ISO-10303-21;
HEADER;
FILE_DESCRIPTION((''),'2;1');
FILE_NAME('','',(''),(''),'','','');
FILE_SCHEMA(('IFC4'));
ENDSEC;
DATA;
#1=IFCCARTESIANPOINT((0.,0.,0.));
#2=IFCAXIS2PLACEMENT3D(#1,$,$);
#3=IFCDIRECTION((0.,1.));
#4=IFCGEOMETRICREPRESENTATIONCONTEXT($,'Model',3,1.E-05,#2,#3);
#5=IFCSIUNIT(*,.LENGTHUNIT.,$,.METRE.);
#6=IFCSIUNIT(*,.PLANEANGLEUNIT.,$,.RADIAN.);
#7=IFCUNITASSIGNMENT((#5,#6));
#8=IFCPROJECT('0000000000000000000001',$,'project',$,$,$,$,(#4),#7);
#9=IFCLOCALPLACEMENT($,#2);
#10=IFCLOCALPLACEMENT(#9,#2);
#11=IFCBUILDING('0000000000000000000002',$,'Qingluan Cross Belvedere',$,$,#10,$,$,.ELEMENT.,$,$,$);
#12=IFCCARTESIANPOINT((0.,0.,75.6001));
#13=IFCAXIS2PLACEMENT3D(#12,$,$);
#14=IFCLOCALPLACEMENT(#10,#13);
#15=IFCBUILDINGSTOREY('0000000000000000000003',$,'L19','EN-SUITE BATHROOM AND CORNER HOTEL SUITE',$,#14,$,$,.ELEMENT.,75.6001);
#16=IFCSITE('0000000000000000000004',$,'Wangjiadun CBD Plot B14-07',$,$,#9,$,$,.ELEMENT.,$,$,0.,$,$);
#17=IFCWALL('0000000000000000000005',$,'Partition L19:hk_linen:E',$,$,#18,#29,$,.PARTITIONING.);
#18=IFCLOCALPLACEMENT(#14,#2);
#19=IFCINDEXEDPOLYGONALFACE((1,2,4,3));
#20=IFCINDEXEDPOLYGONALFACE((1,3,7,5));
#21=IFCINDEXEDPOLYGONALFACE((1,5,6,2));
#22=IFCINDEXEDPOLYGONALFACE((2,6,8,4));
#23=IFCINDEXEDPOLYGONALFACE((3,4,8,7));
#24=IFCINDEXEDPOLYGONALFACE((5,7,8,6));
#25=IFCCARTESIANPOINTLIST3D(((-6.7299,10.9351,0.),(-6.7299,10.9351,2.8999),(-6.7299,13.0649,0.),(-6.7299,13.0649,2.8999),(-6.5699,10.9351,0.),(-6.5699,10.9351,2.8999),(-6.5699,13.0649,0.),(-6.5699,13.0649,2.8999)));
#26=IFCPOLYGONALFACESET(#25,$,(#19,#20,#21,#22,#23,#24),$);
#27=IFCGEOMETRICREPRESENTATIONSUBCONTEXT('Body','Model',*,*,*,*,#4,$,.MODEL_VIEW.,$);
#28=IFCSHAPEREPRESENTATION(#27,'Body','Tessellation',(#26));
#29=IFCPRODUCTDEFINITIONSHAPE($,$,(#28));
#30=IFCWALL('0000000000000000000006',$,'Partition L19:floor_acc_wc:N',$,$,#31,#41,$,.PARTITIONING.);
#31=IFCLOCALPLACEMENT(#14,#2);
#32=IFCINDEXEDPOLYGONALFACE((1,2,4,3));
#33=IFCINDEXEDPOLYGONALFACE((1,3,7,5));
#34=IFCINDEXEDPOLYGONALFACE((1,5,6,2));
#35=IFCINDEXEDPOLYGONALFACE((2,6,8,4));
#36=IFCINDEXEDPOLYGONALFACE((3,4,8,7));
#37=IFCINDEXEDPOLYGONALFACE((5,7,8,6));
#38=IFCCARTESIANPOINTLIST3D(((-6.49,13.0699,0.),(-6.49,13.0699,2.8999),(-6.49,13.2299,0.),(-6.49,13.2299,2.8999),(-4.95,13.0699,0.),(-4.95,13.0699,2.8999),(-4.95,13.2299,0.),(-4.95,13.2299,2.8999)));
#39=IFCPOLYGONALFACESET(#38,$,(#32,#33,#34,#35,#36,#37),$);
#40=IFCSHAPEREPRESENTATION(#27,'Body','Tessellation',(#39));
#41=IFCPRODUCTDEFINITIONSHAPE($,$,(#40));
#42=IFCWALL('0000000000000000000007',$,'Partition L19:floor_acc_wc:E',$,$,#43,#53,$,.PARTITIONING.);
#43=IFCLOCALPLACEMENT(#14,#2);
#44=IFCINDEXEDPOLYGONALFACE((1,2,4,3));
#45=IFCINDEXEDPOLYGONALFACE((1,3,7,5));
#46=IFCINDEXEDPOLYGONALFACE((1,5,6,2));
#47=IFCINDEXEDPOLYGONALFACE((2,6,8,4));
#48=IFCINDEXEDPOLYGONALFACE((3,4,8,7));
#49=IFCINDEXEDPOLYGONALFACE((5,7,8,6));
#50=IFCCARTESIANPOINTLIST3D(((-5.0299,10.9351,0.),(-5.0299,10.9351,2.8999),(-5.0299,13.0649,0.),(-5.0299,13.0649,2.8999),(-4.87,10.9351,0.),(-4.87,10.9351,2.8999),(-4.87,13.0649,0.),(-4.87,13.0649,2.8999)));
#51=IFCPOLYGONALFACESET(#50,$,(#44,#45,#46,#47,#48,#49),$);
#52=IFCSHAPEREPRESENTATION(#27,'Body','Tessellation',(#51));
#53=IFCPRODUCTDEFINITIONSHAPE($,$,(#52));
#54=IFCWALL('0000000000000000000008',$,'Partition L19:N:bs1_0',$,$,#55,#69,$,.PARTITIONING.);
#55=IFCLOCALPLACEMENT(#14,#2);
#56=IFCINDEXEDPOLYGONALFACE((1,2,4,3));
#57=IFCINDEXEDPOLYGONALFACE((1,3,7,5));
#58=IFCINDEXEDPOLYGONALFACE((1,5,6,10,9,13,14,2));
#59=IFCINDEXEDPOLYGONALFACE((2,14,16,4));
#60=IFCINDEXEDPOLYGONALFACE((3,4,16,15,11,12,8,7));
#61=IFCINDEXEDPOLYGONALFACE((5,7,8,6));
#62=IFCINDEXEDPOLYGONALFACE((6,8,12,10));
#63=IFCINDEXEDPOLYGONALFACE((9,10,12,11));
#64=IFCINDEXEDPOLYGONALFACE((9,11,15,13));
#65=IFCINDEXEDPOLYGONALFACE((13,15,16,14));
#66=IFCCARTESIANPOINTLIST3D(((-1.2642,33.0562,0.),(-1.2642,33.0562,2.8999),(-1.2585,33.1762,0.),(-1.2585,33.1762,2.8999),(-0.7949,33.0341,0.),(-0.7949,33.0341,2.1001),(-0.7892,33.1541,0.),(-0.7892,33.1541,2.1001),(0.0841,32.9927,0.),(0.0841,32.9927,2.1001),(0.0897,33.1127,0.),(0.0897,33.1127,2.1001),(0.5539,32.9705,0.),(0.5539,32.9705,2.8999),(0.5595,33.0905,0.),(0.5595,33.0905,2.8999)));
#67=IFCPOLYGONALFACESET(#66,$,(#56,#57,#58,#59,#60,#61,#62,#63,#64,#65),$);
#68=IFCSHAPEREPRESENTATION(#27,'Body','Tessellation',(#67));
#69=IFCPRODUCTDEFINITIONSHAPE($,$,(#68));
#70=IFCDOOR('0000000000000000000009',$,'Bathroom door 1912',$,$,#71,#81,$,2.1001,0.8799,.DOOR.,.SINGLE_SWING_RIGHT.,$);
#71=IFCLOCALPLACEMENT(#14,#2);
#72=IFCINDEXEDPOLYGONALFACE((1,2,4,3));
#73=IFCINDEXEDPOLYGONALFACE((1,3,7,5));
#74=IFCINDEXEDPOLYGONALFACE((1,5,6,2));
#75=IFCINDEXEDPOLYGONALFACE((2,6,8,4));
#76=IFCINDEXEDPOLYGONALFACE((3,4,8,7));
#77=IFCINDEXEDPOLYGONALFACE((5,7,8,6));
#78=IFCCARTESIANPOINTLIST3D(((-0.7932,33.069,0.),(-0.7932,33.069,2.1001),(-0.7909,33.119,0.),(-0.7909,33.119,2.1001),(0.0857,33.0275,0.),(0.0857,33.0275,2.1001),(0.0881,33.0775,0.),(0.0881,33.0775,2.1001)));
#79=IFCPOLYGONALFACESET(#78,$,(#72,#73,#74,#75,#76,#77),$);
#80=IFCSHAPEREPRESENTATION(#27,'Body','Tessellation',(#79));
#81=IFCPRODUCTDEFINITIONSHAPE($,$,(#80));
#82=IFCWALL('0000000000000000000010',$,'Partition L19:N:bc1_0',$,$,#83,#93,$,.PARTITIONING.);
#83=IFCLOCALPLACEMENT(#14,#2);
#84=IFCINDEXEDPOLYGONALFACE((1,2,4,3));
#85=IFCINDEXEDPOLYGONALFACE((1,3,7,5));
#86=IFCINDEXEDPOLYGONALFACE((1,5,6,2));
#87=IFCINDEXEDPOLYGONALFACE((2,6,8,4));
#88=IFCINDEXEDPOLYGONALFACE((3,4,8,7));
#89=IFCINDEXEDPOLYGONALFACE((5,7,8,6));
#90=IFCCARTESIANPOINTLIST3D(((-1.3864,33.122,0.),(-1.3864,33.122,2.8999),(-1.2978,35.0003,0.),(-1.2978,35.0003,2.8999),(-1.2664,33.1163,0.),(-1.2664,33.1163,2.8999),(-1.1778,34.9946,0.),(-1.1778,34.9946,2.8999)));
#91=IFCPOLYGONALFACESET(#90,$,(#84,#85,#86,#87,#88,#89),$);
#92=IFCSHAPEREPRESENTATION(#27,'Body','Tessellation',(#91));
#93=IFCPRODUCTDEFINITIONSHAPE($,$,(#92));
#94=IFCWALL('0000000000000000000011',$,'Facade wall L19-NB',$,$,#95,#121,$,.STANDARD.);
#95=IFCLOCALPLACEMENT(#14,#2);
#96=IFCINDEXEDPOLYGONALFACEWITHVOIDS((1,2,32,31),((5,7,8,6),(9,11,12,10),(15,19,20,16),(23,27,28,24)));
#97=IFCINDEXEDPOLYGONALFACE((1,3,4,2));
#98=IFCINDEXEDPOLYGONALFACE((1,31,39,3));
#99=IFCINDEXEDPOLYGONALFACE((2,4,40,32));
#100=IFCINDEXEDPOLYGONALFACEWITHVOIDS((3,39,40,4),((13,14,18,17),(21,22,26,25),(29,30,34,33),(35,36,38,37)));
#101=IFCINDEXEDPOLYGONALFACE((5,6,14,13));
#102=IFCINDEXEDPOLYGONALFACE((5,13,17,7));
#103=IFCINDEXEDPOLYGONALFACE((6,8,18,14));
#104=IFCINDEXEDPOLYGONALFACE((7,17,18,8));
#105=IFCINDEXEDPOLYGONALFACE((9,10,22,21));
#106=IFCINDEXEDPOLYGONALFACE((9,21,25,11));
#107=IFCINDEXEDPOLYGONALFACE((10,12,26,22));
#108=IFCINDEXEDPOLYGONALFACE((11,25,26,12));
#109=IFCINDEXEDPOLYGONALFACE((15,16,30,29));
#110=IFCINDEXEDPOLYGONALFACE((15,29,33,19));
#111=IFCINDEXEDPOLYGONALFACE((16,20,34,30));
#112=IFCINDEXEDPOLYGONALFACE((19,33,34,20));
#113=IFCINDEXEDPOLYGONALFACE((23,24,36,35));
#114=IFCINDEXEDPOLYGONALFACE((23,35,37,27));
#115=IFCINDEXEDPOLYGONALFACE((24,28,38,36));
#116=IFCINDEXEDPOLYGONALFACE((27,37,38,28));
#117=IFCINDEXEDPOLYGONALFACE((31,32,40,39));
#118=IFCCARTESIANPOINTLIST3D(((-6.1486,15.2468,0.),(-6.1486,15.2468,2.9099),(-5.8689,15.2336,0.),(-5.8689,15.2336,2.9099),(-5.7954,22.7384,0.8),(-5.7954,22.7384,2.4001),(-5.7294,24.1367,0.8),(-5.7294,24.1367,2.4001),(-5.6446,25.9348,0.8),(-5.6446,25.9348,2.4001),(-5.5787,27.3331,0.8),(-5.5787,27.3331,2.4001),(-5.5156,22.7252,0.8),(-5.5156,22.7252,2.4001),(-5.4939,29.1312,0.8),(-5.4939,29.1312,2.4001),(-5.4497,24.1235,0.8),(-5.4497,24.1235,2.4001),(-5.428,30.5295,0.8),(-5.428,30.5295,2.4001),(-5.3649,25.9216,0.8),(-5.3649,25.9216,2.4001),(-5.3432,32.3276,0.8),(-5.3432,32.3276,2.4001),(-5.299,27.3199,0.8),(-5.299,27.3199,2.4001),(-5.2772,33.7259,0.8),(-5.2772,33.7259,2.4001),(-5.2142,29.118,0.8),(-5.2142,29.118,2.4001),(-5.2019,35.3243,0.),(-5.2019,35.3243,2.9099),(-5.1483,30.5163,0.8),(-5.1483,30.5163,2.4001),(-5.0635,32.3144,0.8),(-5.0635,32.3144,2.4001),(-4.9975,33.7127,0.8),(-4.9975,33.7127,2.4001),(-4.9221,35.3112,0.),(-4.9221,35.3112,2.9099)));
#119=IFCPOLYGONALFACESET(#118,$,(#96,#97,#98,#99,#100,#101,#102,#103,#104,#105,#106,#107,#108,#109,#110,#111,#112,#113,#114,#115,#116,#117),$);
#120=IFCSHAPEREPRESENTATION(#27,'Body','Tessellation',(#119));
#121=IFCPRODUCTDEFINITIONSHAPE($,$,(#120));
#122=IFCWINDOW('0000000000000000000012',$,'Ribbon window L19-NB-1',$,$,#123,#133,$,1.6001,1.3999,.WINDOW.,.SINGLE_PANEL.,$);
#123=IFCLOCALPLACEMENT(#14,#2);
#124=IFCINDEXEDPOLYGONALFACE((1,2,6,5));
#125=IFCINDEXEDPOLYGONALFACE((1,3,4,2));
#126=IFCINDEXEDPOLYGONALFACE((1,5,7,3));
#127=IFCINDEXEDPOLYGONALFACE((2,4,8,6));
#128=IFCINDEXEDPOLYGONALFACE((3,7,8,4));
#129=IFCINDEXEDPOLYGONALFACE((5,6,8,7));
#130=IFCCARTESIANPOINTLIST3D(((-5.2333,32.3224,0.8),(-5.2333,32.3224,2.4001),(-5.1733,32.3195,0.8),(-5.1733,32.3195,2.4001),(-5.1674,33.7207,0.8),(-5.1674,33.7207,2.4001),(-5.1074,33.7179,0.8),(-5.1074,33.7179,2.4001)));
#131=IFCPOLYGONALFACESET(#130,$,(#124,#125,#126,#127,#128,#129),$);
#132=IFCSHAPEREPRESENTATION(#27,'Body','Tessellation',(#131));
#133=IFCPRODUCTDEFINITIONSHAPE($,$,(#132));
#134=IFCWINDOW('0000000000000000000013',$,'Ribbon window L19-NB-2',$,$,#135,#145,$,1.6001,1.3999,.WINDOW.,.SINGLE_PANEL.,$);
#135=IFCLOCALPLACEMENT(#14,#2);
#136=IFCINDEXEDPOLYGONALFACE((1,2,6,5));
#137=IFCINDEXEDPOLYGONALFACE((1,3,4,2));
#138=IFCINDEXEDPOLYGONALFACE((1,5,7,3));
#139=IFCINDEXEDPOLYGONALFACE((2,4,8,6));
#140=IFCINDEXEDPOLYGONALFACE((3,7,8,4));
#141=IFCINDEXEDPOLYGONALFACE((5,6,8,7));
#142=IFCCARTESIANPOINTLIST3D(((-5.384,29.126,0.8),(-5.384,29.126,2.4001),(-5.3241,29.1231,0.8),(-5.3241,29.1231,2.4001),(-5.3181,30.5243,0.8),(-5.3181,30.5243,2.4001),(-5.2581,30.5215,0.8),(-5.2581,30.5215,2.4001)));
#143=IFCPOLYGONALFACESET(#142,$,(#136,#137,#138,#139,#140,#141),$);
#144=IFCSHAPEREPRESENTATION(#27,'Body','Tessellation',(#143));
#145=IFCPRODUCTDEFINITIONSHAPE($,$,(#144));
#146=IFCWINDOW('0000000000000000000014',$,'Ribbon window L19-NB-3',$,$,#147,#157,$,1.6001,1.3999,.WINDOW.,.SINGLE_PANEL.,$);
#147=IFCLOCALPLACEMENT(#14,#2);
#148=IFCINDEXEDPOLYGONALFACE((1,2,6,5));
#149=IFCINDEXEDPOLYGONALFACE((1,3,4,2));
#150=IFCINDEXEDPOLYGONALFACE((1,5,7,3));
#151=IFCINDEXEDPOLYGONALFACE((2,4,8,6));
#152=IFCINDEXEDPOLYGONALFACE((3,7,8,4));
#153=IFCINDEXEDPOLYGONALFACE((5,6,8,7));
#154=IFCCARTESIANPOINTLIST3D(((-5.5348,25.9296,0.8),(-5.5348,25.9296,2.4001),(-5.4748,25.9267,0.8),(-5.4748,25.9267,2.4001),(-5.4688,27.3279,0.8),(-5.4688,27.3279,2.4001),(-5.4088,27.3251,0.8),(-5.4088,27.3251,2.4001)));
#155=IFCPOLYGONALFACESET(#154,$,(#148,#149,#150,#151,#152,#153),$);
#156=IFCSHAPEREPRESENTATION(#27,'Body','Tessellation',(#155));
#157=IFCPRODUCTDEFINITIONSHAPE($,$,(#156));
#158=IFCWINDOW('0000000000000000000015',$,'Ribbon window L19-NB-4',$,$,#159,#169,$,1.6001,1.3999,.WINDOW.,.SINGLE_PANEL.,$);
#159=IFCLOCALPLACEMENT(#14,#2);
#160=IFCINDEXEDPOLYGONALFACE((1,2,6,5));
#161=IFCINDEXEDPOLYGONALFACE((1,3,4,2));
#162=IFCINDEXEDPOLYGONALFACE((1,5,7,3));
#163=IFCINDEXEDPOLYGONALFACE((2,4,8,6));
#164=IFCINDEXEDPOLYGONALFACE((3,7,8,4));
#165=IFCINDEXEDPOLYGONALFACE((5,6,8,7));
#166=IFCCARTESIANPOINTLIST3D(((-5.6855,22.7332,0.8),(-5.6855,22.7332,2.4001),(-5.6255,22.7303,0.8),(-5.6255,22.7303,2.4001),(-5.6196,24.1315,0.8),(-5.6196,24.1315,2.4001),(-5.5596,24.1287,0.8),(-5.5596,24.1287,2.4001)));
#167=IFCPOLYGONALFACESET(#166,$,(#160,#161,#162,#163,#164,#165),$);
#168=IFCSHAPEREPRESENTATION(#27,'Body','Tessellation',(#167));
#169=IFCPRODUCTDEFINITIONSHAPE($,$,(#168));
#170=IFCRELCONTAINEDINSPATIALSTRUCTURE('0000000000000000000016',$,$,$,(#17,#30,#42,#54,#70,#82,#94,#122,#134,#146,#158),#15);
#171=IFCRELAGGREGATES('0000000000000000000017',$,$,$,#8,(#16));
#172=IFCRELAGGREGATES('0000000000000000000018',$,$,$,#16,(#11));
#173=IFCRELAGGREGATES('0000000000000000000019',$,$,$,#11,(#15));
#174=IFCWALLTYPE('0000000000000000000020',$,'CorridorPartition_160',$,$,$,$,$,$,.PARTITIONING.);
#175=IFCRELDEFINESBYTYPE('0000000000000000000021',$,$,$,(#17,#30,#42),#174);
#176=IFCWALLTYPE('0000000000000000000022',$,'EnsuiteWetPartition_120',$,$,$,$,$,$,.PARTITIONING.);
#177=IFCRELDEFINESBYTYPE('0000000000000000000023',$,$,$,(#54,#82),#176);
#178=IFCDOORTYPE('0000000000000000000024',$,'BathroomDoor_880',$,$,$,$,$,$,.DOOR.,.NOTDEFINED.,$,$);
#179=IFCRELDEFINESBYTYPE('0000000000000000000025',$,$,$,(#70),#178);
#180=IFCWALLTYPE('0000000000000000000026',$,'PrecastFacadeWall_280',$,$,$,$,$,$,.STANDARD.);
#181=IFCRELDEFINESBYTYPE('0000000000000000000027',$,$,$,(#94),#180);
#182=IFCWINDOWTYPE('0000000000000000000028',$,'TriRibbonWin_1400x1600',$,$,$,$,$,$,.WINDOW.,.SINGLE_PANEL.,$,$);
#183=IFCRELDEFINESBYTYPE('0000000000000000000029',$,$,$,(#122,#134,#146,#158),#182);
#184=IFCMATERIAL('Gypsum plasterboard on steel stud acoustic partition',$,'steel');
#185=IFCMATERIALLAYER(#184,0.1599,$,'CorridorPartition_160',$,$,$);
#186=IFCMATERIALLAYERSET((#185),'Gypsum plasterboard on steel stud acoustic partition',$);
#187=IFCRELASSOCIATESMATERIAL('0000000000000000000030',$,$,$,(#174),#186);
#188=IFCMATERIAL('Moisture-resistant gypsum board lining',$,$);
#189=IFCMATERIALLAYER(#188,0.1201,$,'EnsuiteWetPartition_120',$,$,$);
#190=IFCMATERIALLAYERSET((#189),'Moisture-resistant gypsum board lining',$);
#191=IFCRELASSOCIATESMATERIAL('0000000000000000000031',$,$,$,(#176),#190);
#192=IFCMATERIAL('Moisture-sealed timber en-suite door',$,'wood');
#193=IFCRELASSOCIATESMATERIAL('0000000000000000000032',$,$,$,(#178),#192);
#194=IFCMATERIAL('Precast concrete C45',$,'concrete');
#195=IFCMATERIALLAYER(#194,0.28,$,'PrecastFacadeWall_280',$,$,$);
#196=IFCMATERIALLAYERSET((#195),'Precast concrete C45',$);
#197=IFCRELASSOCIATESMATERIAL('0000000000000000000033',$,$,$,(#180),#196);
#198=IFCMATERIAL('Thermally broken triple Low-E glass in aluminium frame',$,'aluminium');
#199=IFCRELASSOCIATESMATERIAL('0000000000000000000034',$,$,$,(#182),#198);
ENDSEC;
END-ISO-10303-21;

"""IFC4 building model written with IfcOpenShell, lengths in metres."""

from ifc_helpers import new_model, si_unit, direction, frame, frame_2d, origin, place, context, subcontext, project, spatial, rectangle, extrude, material, layer, layer_set, type_object, element, fill, save


model = new_model("IFC4")

# Units and contexts
model_context = context("Model", 3, precision=1e-05, world=origin(), true_north=direction((0.0, 1.0)))
body_context = subcontext(model_context, "Body", "Model", "MODEL_VIEW")
ifc_project = project(units=[si_unit("LENGTHUNIT", "METRE"), si_unit("PLANEANGLEUNIT", "RADIAN")], contexts=[model_context])

# Site, building, storey
site_placement = place(None, origin())
site = spatial("IfcSite", under=ifc_project, at=site_placement, Name="Wangjiadun CBD Plot B14-07", CompositionType="ELEMENT", RefElevation=0.0)
building_placement = place(site_placement, origin())
building = spatial("IfcBuilding", under=site, at=building_placement, Name="Qingluan Cross Belvedere", CompositionType="ELEMENT")
storey_placement = place(building_placement, frame((0.0, 0.0, 75.6001)))
storey = spatial("IfcBuildingStorey", under=building, at=storey_placement, Name="L19", Description="EN-SUITE BATHROOM AND CORNER HOTEL SUITE", CompositionType="ELEMENT", Elevation=75.6001)

# Shared definitions
ifc_material_1 = material(Name="Gypsum plasterboard on steel stud acoustic partition", Category="steel")
ifc_layer_1 = layer(ifc_material_1, 0.1599, Name="CorridorPartition_160")
ifc_layer_set_1 = layer_set([ifc_layer_1], Name="Gypsum plasterboard on steel stud acoustic partition")
wall_type_1 = type_object("IfcWallType", Name="CorridorPartition_160", PredefinedType="PARTITIONING", material=ifc_layer_set_1)

# Wall
wall_1_placement = place(storey_placement, frame((-6.6499, 10.9351, 0.0), z_axis=(0.0, 0.0, 1.0), x_axis=(0.0, 1.0, 0.0)))
element("IfcWall", 1, at=wall_1_placement, inside=storey, type_object=wall_type_1, Name="Partition L19:hk_linen:E", PredefinedType="PARTITIONING", context=body_context, shape_type="SweptSolid", body=[
    extrude(rectangle(XDim=2.1299, YDim=0.1599, at=frame_2d((1.0649, 0.0))), origin(), (0.0, 0.0, 1.0), 2.8999),
])

# Walls
wall_2_placement = place(storey_placement, frame((-6.49, 13.1499, 0.0), z_axis=(0.0, 0.0, 1.0), x_axis=(1.0, 0.0, 0.0)))
element("IfcWall", 2, at=wall_2_placement, inside=storey, type_object=wall_type_1, Name="Partition L19:floor_acc_wc:N", PredefinedType="PARTITIONING", context=body_context, shape_type="SweptSolid", body=[
    extrude(rectangle(XDim=1.54, YDim=0.1599, at=frame_2d((0.77, 0.0))), origin(), (0.0, 0.0, 1.0), 2.8999),
])
wall_3_placement = place(storey_placement, frame((-4.95, 10.9351, 0.0), z_axis=(0.0, 0.0, 1.0), x_axis=(0.0, 1.0, 0.0)))
element("IfcWall", 3, at=wall_3_placement, inside=storey, type_object=wall_type_1, Name="Partition L19:floor_acc_wc:E", PredefinedType="PARTITIONING", context=body_context, shape_type="SweptSolid", body=[
    extrude(rectangle(XDim=2.1299, YDim=0.1599, at=frame_2d((1.0649, 0.0))), origin(), (0.0, 0.0, 1.0), 2.8999),
])

# Wall, opening, door
ifc_material_2 = material(Name="Moisture-resistant gypsum board lining")
ifc_layer_2 = layer(ifc_material_2, 0.1201, Name="EnsuiteWetPartition_120")
ifc_layer_set_2 = layer_set([ifc_layer_2], Name="Moisture-resistant gypsum board lining")
wall_type_2 = type_object("IfcWallType", Name="EnsuiteWetPartition_120", PredefinedType="PARTITIONING", material=ifc_layer_set_2)
wall_4_placement = place(storey_placement, frame((-1.2615, 33.1162, 0.0), z_axis=(0.0, 0.0, 1.0), x_axis=(0.998891, -0.047081, 0.0)))
wall_4 = element("IfcWall", 4, at=wall_4_placement, inside=storey, type_object=wall_type_2, Name="Partition L19:N:bs1_0", PredefinedType="PARTITIONING", context=body_context, shape_type="SweptSolid", body=[
    extrude(rectangle(XDim=1.8201, YDim=0.1201, at=frame_2d((0.9102, 0.0))), origin(), (0.0, 0.0, 1.0), 2.8999),
])
opening_1_placement = place(wall_4_placement, frame((0.47, 0.0, 0.0)))
opening_1 = element("IfcOpeningElement", 5, at=opening_1_placement, cuts=wall_4, PredefinedType="OPENING", context=body_context, shape_type="SweptSolid", body=[
    extrude(rectangle(XDim=0.8799, YDim=2.1001, at=frame_2d((0.4399, 1.05))), frame((0.0, 0.0701, 0.0), z_axis=(0.0, -1.0, 0.0), x_axis=(1.0, 0.0, 0.0)), (0.0, 0.0, 1.0), 0.1401),
])
ifc_material_3 = material(Name="Moisture-sealed timber en-suite door", Category="wood")
door_type_1 = type_object("IfcDoorType", Name="BathroomDoor_880", OperationType="NOTDEFINED", PredefinedType="DOOR", material=ifc_material_3)
door_1_placement = place(opening_1_placement, origin())
door_1 = element("IfcDoor", 6, at=door_1_placement, inside=storey, type_object=door_type_1, Name="Bathroom door 1912", OperationType="SINGLE_SWING_RIGHT", OverallHeight=2.1001, OverallWidth=0.8799, PredefinedType="DOOR", context=body_context, shape_type="SweptSolid", body=[
    extrude(rectangle(XDim=0.8799, YDim=2.1001, at=frame_2d((0.4399, 1.05))), frame((0.0, 0.0249, 0.0), z_axis=(0.0, -1.0, 0.0), x_axis=(1.0, 0.0, 0.0)), (0.0, 0.0, 1.0), 0.05),
])
fill(opening_1, door_1)

# Wall
wall_5_placement = place(storey_placement, frame((-1.3264, 33.1191, 0.0), z_axis=(0.0, 0.0, 1.0), x_axis=(0.047133, 0.998889, 0.0)))
element("IfcWall", 7, at=wall_5_placement, inside=storey, type_object=wall_type_2, Name="Partition L19:N:bc1_0", PredefinedType="PARTITIONING", context=body_context, shape_type="SweptSolid", body=[
    extrude(rectangle(XDim=1.8804, YDim=0.1201, at=frame_2d((0.9402, 0.0))), origin(), (0.0, 0.0, 1.0), 2.8999),
])

# Wall, openings, windows
ifc_material_4 = material(Name="Precast concrete C45", Category="concrete")
ifc_layer_3 = layer(ifc_material_4, 0.28, Name="PrecastFacadeWall_280")
ifc_layer_set_3 = layer_set([ifc_layer_3], Name="Precast concrete C45")
wall_type_3 = type_object("IfcWallType", Name="PrecastFacadeWall_280", PredefinedType="STANDARD", material=ifc_layer_set_3)
wall_6_placement = place(storey_placement, frame((-5.062, 35.3176, 0.0), z_axis=(0.0, 0.0, 1.0), x_axis=(-0.047103, -0.99889, 0.0)))
wall_6 = element("IfcWall", 8, at=wall_6_placement, inside=storey, type_object=wall_type_3, Name="Facade wall L19-NB", PredefinedType="STANDARD", context=body_context, shape_type="SweptSolid", body=[
    extrude(rectangle(XDim=20.0999, YDim=0.28, at=frame_2d((10.0498, 0.0))), origin(), (0.0, 0.0, 1.0), 2.9099),
])
opening_2_placement = place(wall_6_placement, frame((1.6001, 0.0, 0.8)))
opening_2 = element("IfcOpeningElement", 9, at=opening_2_placement, cuts=wall_6, PredefinedType="OPENING", context=body_context, shape_type="SweptSolid", body=[
    extrude(rectangle(XDim=1.3999, YDim=1.6001, at=frame_2d((0.7, 0.8))), frame((0.0, 0.1499, 0.0), z_axis=(0.0, -1.0, 0.0), x_axis=(1.0, 0.0, 0.0)), (0.0, 0.0, 1.0), 0.3),
])
opening_3_placement = place(wall_6_placement, frame((4.8, 0.0, 0.8)))
opening_3 = element("IfcOpeningElement", 10, at=opening_3_placement, cuts=wall_6, PredefinedType="OPENING", context=body_context, shape_type="SweptSolid", body=[
    extrude(rectangle(XDim=1.3999, YDim=1.6001, at=frame_2d((0.7, 0.8))), frame((0.0, 0.1499, 0.0), z_axis=(0.0, -1.0, 0.0), x_axis=(1.0, 0.0, 0.0)), (0.0, 0.0, 1.0), 0.3),
])
opening_4_placement = place(wall_6_placement, frame((8.0, 0.0, 0.8)))
opening_4 = element("IfcOpeningElement", 11, at=opening_4_placement, cuts=wall_6, PredefinedType="OPENING", context=body_context, shape_type="SweptSolid", body=[
    extrude(rectangle(XDim=1.3999, YDim=1.6001, at=frame_2d((0.7, 0.8))), frame((0.0, 0.1499, 0.0), z_axis=(0.0, -1.0, 0.0), x_axis=(1.0, 0.0, 0.0)), (0.0, 0.0, 1.0), 0.3),
])
opening_5_placement = place(wall_6_placement, frame((11.2, 0.0, 0.8)))
opening_5 = element("IfcOpeningElement", 12, at=opening_5_placement, cuts=wall_6, PredefinedType="OPENING", context=body_context, shape_type="SweptSolid", body=[
    extrude(rectangle(XDim=1.3999, YDim=1.6001, at=frame_2d((0.7, 0.8))), frame((0.0, 0.1499, 0.0), z_axis=(0.0, -1.0, 0.0), x_axis=(1.0, 0.0, 0.0)), (0.0, 0.0, 1.0), 0.3),
])
ifc_material_5 = material(Name="Thermally broken triple Low-E glass in aluminium frame", Category="aluminium")
window_type = type_object("IfcWindowType", Name="TriRibbonWin_1400x1600", PartitioningType="SINGLE_PANEL", PredefinedType="WINDOW", material=ifc_material_5)
window_1_placement = place(opening_2_placement, origin())
window_1 = element("IfcWindow", 13, at=window_1_placement, inside=storey, type_object=window_type, Name="Ribbon window L19-NB-1", OverallHeight=1.6001, OverallWidth=1.3999, PartitioningType="SINGLE_PANEL", PredefinedType="WINDOW", context=body_context, shape_type="SweptSolid", body=[
    extrude(rectangle(XDim=1.3999, YDim=1.6001, at=frame_2d((0.7, 0.8))), frame((0.0, 0.03, 0.0), z_axis=(0.0, -1.0, 0.0), x_axis=(1.0, 0.0, 0.0)), (0.0, 0.0, 1.0), 0.0601),
])
fill(opening_2, window_1)
window_2_placement = place(opening_3_placement, origin())
window_2 = element("IfcWindow", 14, at=window_2_placement, inside=storey, type_object=window_type, Name="Ribbon window L19-NB-2", OverallHeight=1.6001, OverallWidth=1.3999, PartitioningType="SINGLE_PANEL", PredefinedType="WINDOW", context=body_context, shape_type="SweptSolid", body=[
    extrude(rectangle(XDim=1.3999, YDim=1.6001, at=frame_2d((0.7, 0.8))), frame((0.0, 0.03, 0.0), z_axis=(0.0, -1.0, 0.0), x_axis=(1.0, 0.0, 0.0)), (0.0, 0.0, 1.0), 0.0601),
])
fill(opening_3, window_2)
window_3_placement = place(opening_4_placement, origin())
window_3 = element("IfcWindow", 15, at=window_3_placement, inside=storey, type_object=window_type, Name="Ribbon window L19-NB-3", OverallHeight=1.6001, OverallWidth=1.3999, PartitioningType="SINGLE_PANEL", PredefinedType="WINDOW", context=body_context, shape_type="SweptSolid", body=[
    extrude(rectangle(XDim=1.3999, YDim=1.6001, at=frame_2d((0.7, 0.8))), frame((0.0, 0.03, 0.0), z_axis=(0.0, -1.0, 0.0), x_axis=(1.0, 0.0, 0.0)), (0.0, 0.0, 1.0), 0.0601),
])
fill(opening_4, window_3)
window_4_placement = place(opening_5_placement, origin())
window_4 = element("IfcWindow", 16, at=window_4_placement, inside=storey, type_object=window_type, Name="Ribbon window L19-NB-4", OverallHeight=1.6001, OverallWidth=1.3999, PartitioningType="SINGLE_PANEL", PredefinedType="WINDOW", context=body_context, shape_type="SweptSolid", body=[
    extrude(rectangle(XDim=1.3999, YDim=1.6001, at=frame_2d((0.7, 0.8))), frame((0.0, 0.03, 0.0), z_axis=(0.0, -1.0, 0.0), x_axis=(1.0, 0.0, 0.0)), (0.0, 0.0, 1.0), 0.0601),
])
fill(opening_5, window_4)

save(model, "model.ifc")
